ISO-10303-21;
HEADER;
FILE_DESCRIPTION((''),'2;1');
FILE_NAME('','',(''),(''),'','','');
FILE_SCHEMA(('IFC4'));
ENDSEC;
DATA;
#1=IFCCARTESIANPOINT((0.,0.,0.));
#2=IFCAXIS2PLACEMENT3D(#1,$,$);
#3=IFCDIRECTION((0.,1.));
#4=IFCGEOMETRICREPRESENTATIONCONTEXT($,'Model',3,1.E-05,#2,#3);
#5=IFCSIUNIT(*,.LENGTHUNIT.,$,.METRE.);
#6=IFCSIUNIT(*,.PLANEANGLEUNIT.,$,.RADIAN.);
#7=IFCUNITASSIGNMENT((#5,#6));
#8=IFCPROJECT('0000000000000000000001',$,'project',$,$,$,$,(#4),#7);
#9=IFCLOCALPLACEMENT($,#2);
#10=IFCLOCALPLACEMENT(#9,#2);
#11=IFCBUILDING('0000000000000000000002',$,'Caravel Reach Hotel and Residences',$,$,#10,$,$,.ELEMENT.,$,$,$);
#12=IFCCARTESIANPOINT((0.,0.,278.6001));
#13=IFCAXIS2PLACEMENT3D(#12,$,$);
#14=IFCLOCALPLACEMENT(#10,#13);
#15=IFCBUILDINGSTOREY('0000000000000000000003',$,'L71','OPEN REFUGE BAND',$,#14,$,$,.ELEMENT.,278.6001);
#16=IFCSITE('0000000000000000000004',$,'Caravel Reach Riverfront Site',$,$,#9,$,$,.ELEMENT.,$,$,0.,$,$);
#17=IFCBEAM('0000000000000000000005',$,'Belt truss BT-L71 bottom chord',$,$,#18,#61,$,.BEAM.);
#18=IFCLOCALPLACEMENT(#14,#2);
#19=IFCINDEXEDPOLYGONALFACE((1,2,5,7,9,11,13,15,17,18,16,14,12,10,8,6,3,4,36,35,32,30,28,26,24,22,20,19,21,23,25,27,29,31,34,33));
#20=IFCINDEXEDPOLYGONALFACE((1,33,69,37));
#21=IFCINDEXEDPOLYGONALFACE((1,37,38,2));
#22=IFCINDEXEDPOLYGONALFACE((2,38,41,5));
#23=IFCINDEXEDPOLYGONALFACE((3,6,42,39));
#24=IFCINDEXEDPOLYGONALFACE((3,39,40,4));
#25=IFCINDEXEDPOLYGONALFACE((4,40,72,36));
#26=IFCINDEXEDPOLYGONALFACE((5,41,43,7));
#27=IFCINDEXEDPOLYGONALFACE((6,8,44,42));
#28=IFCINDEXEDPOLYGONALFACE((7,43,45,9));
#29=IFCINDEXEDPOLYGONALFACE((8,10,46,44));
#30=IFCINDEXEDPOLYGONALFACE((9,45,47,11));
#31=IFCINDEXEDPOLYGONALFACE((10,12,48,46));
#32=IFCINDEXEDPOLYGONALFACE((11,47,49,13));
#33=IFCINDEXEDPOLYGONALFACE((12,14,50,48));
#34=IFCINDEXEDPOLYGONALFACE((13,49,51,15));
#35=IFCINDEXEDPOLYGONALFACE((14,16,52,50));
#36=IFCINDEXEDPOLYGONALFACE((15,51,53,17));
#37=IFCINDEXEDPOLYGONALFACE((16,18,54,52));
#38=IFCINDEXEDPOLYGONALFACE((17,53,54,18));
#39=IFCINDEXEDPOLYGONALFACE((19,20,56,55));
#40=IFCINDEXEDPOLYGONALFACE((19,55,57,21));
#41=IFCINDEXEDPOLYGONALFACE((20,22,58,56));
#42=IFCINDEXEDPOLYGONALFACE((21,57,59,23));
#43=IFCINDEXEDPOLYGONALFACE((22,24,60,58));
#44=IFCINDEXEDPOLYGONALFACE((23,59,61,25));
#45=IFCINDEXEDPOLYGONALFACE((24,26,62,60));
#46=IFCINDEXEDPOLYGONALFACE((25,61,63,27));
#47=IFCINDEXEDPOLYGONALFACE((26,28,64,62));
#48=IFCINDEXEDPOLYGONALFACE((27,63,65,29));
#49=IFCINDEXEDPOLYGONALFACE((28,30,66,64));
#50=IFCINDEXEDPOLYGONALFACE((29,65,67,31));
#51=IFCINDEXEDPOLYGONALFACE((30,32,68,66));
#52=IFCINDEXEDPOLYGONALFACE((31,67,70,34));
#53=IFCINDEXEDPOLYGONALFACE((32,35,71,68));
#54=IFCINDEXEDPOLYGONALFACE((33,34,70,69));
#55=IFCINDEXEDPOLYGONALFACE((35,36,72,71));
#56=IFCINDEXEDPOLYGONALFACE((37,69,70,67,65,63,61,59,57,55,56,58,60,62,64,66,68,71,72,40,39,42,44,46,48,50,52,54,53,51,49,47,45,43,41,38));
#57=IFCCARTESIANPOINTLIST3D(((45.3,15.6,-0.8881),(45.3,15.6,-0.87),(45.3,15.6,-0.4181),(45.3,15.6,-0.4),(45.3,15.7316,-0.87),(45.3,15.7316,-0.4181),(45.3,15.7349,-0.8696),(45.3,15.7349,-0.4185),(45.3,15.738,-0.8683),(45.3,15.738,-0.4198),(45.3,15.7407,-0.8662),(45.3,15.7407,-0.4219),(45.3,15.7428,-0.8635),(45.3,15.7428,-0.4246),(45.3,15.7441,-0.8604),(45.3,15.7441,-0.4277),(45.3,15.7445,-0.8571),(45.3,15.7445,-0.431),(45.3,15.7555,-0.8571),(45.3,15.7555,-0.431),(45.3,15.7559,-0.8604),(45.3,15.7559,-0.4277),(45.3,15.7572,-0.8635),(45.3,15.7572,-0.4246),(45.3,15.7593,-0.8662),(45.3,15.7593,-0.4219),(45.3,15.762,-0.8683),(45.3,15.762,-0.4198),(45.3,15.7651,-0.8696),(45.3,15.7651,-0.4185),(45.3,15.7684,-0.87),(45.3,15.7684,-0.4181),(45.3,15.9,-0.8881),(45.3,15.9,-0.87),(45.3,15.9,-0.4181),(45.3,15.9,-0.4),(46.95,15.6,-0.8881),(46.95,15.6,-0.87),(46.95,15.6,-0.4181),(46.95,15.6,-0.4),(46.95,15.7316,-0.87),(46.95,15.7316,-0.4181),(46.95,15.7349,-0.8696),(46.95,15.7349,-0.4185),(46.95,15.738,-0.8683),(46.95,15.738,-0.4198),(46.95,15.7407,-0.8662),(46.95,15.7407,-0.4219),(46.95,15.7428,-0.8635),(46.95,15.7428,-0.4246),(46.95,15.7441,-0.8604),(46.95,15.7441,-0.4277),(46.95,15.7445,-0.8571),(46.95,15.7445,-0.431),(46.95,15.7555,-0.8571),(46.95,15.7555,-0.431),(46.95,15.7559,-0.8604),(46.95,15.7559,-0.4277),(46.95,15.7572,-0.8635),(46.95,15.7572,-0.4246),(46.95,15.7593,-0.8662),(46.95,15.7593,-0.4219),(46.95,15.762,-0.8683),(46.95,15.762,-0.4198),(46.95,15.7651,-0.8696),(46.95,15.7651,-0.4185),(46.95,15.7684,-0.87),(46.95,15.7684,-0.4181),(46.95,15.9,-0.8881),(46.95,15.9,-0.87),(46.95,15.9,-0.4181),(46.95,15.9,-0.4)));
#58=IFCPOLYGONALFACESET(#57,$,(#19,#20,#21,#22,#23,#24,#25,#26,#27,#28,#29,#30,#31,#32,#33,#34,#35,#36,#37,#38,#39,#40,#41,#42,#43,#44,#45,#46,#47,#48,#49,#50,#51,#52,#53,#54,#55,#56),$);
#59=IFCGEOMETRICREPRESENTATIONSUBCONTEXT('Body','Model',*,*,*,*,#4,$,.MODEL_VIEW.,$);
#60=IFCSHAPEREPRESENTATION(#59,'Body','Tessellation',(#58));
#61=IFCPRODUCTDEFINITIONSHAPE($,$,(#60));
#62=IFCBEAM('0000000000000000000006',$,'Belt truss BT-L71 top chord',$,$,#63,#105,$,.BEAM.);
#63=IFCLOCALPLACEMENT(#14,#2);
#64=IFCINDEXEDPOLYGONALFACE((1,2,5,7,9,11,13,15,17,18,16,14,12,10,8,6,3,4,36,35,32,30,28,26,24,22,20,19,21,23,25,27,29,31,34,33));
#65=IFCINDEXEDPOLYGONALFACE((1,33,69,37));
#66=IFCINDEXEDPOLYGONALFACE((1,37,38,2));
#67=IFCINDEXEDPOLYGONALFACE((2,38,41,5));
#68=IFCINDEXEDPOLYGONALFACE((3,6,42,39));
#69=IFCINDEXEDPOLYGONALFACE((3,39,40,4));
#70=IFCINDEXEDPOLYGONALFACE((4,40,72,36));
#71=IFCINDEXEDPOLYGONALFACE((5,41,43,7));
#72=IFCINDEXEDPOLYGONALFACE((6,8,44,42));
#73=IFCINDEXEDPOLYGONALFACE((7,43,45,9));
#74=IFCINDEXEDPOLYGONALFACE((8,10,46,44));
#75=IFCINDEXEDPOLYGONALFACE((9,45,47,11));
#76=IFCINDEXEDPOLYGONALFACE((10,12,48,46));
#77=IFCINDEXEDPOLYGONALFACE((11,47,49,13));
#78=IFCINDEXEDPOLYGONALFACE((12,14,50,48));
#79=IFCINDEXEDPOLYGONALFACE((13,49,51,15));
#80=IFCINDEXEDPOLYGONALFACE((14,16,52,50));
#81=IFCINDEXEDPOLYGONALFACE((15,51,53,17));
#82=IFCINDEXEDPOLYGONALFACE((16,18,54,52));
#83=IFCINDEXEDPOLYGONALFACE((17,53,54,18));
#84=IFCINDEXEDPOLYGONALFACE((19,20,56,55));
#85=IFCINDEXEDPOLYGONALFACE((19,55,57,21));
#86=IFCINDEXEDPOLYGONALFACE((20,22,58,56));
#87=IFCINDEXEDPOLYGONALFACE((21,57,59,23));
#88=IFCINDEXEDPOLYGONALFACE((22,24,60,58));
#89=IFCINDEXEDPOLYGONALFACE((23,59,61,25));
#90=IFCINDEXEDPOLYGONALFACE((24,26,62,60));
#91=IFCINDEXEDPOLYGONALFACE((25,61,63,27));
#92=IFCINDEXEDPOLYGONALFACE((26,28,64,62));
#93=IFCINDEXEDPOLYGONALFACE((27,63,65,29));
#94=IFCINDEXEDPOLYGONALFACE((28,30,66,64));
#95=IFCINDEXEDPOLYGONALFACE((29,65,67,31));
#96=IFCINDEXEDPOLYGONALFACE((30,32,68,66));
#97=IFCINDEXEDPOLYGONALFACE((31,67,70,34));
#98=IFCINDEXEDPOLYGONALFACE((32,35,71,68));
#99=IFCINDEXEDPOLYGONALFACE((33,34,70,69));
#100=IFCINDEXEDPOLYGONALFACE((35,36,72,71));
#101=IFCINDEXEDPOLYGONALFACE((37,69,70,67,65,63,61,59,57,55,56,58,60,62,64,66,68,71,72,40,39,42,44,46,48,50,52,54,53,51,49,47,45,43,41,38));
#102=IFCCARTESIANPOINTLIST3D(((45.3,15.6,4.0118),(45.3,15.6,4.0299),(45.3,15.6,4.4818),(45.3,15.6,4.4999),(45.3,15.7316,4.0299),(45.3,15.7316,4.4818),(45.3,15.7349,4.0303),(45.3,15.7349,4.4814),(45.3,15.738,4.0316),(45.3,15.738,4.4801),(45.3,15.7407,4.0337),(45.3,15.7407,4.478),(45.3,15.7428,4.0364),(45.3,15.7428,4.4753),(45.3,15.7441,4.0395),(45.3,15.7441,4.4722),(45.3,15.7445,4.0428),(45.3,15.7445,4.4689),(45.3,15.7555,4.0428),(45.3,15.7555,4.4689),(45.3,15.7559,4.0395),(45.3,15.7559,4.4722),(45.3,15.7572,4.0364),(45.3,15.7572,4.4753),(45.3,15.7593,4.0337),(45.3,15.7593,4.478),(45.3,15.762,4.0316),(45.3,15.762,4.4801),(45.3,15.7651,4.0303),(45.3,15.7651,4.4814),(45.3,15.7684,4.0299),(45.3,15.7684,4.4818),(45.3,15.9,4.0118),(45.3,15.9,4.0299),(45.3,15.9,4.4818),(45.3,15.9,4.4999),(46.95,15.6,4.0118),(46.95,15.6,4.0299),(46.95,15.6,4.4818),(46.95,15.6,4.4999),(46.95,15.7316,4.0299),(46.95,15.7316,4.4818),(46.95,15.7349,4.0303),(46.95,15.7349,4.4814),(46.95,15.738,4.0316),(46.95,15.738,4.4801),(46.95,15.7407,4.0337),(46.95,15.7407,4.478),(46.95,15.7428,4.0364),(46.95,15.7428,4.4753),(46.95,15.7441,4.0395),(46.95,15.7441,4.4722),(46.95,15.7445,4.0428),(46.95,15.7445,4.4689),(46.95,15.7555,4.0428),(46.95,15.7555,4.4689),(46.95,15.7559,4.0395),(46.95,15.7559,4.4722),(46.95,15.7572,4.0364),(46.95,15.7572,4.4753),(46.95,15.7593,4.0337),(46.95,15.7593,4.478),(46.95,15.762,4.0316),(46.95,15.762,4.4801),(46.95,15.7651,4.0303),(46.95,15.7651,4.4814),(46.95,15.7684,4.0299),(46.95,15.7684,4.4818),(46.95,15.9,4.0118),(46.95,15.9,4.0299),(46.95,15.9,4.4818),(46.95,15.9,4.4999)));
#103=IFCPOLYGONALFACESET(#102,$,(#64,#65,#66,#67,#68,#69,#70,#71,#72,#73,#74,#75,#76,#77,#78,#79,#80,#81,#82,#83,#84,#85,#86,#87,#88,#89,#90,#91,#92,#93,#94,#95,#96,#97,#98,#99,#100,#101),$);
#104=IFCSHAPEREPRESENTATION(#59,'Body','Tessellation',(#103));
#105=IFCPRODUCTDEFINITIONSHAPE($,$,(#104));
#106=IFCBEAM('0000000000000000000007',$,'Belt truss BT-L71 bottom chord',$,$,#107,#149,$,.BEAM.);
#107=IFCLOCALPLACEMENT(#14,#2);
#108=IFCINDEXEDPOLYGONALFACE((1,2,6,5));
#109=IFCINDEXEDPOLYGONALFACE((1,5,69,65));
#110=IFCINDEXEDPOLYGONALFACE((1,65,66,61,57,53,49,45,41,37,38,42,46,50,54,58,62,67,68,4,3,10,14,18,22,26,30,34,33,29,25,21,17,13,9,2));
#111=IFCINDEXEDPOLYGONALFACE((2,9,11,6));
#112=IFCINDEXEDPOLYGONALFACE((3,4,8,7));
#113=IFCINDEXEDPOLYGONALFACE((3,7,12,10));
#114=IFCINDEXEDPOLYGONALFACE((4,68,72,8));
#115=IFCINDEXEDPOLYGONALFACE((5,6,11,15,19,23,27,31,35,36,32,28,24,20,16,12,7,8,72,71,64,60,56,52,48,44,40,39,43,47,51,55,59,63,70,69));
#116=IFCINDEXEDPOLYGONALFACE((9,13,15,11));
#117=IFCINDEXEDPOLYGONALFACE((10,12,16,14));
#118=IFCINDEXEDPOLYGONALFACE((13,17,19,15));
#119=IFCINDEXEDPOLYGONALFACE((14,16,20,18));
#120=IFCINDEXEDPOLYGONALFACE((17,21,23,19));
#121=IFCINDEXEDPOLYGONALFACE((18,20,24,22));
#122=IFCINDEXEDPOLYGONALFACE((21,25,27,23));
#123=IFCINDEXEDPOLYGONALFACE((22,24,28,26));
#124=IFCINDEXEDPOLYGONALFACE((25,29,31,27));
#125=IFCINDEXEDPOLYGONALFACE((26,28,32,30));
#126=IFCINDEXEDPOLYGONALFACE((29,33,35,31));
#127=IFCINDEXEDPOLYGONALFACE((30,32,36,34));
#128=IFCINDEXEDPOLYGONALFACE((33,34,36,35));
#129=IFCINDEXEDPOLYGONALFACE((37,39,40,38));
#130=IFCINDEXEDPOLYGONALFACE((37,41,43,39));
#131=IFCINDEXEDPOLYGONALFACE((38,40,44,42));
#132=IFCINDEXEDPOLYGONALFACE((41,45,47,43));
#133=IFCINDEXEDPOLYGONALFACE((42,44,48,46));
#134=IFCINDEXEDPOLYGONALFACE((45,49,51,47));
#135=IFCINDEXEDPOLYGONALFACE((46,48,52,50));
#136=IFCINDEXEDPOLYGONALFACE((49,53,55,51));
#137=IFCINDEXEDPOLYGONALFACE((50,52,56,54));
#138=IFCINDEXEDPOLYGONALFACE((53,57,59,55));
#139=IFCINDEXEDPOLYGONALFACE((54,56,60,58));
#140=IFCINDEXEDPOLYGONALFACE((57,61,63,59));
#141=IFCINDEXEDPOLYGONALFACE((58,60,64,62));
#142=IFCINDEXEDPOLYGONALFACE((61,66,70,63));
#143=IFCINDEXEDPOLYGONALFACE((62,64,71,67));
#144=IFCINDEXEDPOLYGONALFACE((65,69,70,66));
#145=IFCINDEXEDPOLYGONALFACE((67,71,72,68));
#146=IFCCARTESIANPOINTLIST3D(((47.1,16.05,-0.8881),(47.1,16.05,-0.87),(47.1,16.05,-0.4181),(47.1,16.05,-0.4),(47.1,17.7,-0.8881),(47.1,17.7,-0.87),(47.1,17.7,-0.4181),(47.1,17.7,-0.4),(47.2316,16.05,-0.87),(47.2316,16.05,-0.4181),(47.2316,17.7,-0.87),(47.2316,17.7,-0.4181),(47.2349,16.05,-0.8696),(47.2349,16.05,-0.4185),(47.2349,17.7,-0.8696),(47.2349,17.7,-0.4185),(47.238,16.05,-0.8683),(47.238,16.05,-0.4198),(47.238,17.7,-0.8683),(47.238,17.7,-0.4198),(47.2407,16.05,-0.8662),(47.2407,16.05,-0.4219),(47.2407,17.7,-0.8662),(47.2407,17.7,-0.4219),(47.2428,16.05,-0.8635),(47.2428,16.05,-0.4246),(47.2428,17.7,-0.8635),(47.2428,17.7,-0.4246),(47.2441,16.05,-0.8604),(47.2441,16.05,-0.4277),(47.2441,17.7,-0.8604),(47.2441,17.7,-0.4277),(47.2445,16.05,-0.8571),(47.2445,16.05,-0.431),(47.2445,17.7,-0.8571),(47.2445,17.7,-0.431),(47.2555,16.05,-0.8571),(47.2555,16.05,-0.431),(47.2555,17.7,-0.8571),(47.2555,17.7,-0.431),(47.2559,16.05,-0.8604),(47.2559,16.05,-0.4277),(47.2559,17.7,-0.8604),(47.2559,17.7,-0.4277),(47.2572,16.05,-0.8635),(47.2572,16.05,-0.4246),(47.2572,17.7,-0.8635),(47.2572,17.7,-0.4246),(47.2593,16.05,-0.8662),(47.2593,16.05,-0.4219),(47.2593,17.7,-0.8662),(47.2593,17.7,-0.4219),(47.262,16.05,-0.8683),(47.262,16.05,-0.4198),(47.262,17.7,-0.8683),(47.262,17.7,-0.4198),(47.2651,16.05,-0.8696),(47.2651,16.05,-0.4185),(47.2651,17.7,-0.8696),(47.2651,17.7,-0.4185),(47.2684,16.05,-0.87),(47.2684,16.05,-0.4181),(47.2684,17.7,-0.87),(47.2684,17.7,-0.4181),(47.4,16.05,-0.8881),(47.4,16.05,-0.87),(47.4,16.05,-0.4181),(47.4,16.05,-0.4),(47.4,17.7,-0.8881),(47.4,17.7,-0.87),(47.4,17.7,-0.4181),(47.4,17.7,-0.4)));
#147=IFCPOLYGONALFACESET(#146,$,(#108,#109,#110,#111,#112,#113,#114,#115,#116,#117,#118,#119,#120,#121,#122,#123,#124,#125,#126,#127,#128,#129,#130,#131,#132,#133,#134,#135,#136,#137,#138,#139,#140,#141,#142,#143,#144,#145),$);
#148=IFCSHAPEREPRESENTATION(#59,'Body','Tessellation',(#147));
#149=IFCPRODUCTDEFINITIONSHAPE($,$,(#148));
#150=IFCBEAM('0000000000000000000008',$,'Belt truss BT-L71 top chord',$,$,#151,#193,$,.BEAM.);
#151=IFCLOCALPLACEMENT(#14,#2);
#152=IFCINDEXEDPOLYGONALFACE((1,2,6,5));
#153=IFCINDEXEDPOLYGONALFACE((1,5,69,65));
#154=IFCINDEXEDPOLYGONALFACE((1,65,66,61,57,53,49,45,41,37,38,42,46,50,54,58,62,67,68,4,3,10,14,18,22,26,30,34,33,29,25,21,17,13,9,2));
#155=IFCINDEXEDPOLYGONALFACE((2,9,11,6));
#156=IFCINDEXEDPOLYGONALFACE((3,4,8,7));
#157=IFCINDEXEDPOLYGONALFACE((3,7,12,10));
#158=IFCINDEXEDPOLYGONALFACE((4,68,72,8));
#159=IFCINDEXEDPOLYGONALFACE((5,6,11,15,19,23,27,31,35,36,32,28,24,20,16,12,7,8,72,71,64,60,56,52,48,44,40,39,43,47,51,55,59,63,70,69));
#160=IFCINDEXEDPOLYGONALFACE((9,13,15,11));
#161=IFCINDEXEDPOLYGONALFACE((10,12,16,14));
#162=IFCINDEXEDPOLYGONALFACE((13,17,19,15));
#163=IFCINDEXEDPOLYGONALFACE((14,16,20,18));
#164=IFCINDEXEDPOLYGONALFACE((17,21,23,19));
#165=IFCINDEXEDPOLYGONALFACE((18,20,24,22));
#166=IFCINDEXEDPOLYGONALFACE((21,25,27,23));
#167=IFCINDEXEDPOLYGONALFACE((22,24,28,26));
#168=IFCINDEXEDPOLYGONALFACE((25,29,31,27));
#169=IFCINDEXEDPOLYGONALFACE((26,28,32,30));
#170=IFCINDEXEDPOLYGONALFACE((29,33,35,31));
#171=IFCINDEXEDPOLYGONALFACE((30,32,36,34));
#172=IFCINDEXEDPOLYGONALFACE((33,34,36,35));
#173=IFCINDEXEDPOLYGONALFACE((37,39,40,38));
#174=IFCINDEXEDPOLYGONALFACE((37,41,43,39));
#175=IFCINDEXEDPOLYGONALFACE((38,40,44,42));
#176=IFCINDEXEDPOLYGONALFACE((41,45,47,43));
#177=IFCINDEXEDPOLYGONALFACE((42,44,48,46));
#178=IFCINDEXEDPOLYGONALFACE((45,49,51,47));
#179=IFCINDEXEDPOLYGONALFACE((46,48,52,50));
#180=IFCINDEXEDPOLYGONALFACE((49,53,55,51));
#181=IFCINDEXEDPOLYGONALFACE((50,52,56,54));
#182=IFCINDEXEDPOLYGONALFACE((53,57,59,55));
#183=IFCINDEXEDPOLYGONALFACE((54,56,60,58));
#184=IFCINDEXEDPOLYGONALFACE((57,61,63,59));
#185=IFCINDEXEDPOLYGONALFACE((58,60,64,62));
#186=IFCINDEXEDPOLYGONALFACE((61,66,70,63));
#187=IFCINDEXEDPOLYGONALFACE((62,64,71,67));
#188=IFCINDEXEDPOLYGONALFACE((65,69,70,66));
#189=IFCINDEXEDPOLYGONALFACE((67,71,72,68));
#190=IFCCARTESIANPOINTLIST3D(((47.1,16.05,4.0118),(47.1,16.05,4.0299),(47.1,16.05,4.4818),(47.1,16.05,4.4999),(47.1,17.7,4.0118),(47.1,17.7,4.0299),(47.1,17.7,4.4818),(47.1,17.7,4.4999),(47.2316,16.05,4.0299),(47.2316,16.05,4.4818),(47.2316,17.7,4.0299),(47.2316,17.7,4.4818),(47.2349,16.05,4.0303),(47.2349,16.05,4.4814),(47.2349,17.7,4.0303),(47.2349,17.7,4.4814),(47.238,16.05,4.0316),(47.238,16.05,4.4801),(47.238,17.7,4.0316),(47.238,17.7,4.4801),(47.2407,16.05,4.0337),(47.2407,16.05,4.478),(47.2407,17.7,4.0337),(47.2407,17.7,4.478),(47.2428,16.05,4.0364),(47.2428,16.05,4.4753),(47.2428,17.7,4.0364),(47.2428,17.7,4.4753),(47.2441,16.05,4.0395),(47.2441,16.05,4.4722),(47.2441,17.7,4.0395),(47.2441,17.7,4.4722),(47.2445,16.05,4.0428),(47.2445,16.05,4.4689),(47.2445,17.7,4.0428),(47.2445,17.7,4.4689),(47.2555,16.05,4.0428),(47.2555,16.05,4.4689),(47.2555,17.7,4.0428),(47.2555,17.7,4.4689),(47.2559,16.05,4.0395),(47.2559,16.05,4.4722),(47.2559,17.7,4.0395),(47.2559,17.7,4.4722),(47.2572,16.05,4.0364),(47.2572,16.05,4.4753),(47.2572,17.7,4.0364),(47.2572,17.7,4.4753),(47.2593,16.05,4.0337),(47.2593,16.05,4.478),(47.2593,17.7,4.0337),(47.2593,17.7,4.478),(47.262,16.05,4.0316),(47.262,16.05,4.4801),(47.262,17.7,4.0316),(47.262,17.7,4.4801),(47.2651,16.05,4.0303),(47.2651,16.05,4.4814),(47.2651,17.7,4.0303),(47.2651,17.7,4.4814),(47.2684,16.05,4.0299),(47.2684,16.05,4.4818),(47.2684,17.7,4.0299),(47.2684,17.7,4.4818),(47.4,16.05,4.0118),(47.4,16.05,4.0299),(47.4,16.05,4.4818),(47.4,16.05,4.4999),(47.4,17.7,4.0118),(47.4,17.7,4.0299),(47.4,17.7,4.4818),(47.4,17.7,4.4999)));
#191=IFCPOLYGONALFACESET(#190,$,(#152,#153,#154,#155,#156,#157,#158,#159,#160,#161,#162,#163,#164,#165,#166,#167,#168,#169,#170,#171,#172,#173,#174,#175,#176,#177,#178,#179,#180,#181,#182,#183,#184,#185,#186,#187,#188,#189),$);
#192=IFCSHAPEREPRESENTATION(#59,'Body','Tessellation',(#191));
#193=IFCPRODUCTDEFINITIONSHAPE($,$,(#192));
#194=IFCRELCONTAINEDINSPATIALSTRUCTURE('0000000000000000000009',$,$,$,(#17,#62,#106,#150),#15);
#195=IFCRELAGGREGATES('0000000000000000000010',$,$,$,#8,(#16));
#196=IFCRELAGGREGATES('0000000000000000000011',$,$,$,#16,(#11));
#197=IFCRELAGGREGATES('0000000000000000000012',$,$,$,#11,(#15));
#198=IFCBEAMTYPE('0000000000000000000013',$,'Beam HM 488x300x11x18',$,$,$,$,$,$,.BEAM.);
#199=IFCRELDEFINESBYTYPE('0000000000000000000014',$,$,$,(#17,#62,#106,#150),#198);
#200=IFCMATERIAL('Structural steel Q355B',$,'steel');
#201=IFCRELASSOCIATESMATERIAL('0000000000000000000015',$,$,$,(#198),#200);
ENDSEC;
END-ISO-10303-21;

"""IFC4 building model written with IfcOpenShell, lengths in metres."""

from ifc_helpers import new_model, si_unit, direction, frame, origin, origin_2d, place, context, subcontext, project, spatial, i_section, extrude, material, material_profile, profile_set, type_object, element, save


model = new_model("IFC4")

# Units and contexts
model_context = context("Model", 3, precision=1e-05, world=origin(), true_north=direction((0.0, 1.0)))
body_context = subcontext(model_context, "Body", "Model", "MODEL_VIEW")
ifc_project = project(units=[si_unit("LENGTHUNIT", "METRE"), si_unit("PLANEANGLEUNIT", "RADIAN")], contexts=[model_context])

# Site, building, storey
site_placement = place(None, origin())
site = spatial("IfcSite", under=ifc_project, at=site_placement, Name="Caravel Reach Riverfront Site", CompositionType="ELEMENT", RefElevation=0.0)
building_placement = place(site_placement, origin())
building = spatial("IfcBuilding", under=site, at=building_placement, Name="Caravel Reach Hotel and Residences", CompositionType="ELEMENT")
storey_placement = place(building_placement, frame((0.0, 0.0, 278.6001)))
storey = spatial("IfcBuildingStorey", under=building, at=storey_placement, Name="L71", Description="OPEN REFUGE BAND", CompositionType="ELEMENT", Elevation=278.6001)

# Beams
ifc_material_1 = material(Name="Structural steel Q355B", Category="steel")
ifc_material_profile_1 = material_profile(ifc_material_1, i_section(OverallWidth=0.3, OverallDepth=0.488, WebThickness=0.011, FlangeThickness=0.0181, FilletRadius=0.0129, at=origin_2d()), Name="HM 488x300x11x18")
ifc_profile_set_1 = profile_set([ifc_material_profile_1], Name="Structural steel Q355B")
beam_type = type_object("IfcBeamType", Name="Beam HM 488x300x11x18", PredefinedType="BEAM", material=ifc_profile_set_1)
for number, where, z_axis, x_axis, name in (
    (1, (45.3, 15.75, -0.644), (1.0, 0.0, 0.0), (0.0, 1.0, 0.0), "Belt truss BT-L71 bottom chord"),
    (2, (45.3, 15.75, 4.2559), (1.0, 0.0, 0.0), (0.0, 1.0, 0.0), "Belt truss BT-L71 top chord"),
    (3, (47.25, 16.05, -0.644), (0.0, 1.0, 0.0), (-1.0, 0.0, 0.0), "Belt truss BT-L71 bottom chord"),
    (4, (47.25, 16.05, 4.2559), (0.0, 1.0, 0.0), (-1.0, 0.0, 0.0), "Belt truss BT-L71 top chord"),
):
    element("IfcBeam", number, at=place(storey_placement, frame(where, z_axis=z_axis, x_axis=x_axis)), inside=storey, type_object=beam_type, Name=name, PredefinedType="BEAM", context=body_context, shape_type="SweptSolid", body=[
        extrude(i_section(OverallWidth=0.3, OverallDepth=0.488, WebThickness=0.011, FlangeThickness=0.0181, FilletRadius=0.0129, at=origin_2d()), origin(), (0.0, 0.0, 1.0), 1.6499),
    ])

save(model, "model.ifc")
